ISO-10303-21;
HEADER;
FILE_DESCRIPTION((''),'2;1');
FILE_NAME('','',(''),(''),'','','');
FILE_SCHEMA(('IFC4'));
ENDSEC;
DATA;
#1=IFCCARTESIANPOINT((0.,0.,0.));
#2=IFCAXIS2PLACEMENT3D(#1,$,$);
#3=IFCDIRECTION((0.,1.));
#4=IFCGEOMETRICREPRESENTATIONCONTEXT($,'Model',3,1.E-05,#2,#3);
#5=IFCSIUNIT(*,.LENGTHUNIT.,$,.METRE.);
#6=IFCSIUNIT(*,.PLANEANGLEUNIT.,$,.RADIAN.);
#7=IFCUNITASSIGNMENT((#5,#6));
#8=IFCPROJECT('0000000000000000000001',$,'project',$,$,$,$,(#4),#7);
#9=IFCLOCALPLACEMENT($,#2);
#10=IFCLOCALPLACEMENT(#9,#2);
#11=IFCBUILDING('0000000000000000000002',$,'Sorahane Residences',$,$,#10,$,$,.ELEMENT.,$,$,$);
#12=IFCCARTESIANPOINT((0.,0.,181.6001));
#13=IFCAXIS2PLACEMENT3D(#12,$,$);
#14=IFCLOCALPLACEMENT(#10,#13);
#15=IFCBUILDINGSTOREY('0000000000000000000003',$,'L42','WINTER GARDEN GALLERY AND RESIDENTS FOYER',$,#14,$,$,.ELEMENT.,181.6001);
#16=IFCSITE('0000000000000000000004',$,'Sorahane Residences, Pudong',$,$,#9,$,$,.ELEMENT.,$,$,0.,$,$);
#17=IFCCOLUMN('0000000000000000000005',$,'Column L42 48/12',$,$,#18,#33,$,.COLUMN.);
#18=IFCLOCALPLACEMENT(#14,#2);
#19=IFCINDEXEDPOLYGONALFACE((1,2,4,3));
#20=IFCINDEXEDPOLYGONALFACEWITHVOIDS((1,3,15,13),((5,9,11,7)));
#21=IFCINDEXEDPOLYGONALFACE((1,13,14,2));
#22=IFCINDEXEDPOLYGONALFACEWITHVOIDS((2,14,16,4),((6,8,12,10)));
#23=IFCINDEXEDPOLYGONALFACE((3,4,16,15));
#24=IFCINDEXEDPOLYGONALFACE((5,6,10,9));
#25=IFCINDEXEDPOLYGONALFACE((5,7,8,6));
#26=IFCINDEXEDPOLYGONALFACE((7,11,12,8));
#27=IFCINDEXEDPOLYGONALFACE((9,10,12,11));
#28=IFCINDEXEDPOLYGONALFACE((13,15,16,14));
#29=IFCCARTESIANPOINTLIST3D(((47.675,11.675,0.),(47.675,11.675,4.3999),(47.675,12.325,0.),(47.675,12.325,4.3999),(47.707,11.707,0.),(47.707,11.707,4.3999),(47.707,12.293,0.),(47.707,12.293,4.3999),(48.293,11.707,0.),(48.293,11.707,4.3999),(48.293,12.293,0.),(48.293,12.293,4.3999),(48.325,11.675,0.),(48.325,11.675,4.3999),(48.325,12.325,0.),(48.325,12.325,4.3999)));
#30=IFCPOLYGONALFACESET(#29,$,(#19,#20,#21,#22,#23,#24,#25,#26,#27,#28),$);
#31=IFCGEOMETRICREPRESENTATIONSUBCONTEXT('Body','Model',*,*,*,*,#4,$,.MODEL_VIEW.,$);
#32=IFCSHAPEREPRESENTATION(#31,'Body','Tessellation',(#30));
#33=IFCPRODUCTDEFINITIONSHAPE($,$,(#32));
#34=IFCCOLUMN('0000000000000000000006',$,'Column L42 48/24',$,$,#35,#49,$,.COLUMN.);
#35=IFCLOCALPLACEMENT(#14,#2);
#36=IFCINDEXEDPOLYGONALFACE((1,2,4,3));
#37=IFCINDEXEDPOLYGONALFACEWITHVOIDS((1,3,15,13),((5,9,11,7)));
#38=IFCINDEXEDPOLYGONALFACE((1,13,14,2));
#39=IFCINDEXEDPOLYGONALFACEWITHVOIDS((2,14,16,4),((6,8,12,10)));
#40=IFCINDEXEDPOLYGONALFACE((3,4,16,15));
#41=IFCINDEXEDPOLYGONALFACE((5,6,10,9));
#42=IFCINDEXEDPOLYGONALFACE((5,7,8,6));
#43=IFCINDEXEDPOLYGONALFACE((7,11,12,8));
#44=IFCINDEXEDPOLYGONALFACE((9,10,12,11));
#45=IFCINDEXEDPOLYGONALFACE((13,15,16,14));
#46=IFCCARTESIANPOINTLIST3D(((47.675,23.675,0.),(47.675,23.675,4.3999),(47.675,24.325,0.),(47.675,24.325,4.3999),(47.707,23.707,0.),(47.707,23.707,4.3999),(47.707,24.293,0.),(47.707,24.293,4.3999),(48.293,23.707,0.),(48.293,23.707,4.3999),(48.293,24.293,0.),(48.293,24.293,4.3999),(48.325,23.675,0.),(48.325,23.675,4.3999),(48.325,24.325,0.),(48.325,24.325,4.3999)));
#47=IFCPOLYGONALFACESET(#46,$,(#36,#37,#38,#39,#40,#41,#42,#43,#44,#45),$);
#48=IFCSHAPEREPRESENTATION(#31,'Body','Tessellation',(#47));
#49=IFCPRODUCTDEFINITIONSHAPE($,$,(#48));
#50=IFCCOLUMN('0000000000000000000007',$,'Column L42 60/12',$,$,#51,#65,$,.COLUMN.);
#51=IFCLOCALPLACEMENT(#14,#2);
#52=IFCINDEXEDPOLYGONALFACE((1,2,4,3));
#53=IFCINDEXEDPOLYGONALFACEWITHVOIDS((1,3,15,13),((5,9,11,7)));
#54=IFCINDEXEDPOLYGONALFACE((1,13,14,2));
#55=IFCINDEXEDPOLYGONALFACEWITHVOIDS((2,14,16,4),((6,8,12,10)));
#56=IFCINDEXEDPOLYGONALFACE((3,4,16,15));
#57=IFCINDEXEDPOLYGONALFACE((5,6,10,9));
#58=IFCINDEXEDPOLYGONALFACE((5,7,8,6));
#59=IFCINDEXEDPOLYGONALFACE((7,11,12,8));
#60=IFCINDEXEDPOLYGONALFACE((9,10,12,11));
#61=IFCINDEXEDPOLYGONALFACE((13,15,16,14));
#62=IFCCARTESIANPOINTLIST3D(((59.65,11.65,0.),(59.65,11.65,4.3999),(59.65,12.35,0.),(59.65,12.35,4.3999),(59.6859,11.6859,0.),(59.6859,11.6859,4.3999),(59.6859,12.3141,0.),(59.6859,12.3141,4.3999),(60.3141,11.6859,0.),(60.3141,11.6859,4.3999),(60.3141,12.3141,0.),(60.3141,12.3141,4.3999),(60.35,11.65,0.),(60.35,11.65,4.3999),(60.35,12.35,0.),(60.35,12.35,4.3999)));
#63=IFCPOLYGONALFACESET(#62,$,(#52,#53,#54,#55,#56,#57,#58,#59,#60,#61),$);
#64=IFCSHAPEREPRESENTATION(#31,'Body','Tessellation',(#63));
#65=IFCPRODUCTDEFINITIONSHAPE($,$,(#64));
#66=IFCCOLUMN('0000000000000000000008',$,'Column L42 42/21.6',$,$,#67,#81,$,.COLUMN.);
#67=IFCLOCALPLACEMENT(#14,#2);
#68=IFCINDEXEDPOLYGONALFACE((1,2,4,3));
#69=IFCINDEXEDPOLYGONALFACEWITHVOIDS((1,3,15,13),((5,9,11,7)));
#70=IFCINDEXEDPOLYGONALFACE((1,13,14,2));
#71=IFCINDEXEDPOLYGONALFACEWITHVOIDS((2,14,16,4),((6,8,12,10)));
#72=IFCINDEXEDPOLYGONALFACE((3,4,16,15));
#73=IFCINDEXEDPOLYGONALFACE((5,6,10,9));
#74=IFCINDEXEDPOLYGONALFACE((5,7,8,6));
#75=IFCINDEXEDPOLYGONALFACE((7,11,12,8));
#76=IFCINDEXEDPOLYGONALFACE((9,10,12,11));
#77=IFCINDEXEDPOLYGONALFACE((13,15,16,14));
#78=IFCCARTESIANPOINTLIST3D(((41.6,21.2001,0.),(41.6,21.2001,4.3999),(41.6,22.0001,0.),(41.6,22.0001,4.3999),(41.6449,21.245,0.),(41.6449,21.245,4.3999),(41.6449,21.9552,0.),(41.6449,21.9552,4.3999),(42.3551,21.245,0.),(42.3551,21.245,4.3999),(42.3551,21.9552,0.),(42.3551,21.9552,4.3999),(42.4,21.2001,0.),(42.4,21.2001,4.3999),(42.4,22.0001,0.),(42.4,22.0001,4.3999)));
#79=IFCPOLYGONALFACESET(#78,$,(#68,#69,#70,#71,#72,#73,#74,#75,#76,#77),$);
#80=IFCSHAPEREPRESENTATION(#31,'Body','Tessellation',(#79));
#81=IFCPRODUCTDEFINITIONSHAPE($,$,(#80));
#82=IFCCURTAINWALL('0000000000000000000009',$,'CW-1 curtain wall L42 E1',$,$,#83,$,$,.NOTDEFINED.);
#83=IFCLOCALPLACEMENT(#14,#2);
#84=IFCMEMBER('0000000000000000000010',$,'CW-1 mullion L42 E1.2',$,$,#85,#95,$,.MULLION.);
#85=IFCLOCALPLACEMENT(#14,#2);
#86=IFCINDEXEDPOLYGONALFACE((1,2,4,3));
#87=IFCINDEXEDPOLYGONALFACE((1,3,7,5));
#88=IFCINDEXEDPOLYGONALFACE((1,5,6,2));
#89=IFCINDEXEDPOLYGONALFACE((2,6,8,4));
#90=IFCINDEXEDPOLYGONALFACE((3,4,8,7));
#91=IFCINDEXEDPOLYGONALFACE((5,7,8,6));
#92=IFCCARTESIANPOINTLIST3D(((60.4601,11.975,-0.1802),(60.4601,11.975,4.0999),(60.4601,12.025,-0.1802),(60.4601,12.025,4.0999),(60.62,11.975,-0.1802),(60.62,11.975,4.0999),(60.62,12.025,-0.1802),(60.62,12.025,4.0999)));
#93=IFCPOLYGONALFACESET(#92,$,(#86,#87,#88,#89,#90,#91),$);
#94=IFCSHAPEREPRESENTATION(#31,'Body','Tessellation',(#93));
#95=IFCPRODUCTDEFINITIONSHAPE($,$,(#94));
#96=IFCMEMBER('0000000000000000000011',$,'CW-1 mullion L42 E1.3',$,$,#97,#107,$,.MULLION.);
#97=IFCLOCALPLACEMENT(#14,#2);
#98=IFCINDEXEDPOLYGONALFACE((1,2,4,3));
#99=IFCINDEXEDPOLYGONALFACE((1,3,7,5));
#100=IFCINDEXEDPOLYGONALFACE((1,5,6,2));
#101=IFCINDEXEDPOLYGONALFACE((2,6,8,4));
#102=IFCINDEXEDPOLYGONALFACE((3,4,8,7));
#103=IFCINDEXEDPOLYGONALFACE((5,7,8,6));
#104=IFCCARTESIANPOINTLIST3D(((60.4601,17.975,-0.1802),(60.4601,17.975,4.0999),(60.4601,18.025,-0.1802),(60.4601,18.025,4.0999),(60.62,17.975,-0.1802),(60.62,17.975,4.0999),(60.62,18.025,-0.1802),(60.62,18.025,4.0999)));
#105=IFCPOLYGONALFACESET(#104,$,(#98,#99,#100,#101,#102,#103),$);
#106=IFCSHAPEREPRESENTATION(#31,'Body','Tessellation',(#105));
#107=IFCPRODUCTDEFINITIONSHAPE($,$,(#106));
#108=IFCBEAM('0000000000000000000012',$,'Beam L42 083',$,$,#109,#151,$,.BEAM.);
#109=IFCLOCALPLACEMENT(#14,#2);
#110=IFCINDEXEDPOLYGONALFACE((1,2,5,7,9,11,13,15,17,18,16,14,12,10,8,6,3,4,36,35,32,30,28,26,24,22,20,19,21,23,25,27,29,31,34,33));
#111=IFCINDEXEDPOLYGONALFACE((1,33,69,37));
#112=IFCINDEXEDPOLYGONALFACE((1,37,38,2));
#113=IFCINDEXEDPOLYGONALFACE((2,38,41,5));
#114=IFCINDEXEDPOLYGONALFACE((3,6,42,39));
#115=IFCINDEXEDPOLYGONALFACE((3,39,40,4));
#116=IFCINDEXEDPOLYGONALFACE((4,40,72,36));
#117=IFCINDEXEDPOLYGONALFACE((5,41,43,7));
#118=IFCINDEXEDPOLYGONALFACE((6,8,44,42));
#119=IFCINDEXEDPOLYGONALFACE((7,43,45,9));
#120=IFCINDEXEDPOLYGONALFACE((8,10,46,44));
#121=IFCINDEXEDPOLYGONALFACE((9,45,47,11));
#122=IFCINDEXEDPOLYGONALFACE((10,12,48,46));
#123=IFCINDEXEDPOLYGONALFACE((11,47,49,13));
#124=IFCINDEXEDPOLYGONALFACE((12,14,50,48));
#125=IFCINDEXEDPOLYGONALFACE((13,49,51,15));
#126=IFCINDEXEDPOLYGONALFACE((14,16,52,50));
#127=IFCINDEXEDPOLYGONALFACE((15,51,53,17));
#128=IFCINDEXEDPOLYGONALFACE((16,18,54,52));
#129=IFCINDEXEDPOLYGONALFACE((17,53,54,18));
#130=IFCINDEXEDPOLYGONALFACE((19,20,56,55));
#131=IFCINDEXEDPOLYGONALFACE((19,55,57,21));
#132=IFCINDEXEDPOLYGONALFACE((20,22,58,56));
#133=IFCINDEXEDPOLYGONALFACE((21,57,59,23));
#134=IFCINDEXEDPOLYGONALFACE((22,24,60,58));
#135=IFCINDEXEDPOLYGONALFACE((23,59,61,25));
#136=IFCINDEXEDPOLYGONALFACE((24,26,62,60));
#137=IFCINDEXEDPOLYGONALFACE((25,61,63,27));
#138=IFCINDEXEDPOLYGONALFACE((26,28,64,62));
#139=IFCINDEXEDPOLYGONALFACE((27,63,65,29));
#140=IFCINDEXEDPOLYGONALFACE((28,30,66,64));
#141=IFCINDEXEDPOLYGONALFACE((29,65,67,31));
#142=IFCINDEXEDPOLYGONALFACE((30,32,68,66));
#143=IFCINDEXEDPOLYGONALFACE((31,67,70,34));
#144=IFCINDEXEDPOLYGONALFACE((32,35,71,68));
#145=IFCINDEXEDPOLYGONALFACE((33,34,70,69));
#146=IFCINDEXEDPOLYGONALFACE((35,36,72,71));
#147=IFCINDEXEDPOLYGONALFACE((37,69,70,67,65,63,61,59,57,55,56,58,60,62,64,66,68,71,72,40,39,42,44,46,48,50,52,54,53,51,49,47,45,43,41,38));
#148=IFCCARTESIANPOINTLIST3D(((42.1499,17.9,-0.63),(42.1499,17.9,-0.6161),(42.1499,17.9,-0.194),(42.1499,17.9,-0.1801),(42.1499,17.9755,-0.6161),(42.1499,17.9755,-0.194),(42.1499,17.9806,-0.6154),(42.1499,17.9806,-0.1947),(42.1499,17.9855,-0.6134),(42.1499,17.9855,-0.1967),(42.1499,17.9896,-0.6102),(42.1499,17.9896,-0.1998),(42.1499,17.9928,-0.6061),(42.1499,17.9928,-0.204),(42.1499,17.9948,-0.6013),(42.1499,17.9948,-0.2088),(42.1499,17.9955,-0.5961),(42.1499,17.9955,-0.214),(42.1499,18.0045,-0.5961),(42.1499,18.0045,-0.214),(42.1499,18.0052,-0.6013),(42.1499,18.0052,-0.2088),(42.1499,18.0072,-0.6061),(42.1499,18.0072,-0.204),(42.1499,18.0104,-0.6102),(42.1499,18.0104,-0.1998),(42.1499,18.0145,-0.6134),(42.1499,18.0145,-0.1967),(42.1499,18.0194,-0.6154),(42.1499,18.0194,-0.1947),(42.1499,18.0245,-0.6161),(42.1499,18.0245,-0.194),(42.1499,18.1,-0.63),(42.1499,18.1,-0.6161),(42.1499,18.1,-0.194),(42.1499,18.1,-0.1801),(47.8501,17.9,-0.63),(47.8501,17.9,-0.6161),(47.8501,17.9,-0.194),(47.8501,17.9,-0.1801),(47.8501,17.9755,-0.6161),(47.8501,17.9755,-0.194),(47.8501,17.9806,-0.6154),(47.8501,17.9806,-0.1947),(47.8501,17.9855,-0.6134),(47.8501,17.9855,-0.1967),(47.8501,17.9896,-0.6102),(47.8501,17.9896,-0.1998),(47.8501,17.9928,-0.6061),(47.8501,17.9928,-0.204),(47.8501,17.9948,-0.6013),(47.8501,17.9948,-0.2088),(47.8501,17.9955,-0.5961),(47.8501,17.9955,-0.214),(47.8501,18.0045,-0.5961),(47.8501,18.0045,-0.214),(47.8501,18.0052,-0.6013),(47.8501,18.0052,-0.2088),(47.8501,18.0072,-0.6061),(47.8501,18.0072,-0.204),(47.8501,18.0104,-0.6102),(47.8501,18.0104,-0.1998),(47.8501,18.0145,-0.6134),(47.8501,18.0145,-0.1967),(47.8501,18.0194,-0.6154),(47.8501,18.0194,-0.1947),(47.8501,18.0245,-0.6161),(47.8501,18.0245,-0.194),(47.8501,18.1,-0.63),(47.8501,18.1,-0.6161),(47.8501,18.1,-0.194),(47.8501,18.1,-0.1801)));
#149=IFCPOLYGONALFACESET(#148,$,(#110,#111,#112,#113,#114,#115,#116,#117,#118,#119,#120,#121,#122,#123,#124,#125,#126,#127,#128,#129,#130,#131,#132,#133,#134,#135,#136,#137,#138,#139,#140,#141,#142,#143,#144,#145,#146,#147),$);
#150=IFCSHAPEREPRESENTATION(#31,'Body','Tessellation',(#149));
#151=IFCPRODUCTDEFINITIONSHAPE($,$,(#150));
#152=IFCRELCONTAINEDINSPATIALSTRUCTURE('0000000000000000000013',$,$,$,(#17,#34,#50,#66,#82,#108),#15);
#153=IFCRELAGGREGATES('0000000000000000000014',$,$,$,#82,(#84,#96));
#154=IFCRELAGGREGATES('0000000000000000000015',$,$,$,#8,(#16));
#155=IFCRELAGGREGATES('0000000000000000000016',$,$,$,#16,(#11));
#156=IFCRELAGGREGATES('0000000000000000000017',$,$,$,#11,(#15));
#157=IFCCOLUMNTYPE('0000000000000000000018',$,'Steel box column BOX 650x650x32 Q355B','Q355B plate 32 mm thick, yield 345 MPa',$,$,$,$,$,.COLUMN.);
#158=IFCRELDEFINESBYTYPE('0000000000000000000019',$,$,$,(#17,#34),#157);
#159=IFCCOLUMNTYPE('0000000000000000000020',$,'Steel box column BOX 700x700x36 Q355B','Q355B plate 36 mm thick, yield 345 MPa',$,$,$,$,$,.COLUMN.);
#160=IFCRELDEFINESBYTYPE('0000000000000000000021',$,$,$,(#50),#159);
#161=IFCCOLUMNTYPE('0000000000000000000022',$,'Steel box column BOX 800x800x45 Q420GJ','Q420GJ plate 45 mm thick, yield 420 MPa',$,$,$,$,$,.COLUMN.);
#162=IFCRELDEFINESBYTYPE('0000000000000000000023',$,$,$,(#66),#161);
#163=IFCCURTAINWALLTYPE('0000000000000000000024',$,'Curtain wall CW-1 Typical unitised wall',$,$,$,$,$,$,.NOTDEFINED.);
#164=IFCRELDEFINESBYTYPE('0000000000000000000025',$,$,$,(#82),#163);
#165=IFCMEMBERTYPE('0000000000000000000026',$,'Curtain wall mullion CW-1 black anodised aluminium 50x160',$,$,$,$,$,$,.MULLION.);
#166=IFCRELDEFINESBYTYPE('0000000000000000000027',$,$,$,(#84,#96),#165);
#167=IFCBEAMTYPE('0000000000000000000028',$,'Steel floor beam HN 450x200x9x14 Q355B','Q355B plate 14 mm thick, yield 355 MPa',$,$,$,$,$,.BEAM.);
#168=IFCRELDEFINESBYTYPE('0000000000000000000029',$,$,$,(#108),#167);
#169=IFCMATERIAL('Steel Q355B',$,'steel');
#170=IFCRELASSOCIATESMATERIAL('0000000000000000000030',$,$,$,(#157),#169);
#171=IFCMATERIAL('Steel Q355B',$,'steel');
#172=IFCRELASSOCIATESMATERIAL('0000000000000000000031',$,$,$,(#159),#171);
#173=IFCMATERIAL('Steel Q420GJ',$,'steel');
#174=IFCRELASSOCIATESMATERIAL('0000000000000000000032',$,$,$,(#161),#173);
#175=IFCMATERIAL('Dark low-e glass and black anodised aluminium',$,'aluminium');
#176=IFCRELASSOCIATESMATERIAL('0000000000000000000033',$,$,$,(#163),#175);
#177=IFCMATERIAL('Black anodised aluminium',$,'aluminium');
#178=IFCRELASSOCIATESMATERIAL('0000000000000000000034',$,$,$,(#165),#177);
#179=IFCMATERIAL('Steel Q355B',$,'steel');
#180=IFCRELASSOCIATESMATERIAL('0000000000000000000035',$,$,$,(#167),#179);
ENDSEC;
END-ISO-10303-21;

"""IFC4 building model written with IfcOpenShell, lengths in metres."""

from ifc_helpers import new_model, si_unit, direction, frame, origin, origin_2d, place, context, subcontext, project, spatial, rectangle, hollow_rectangle, i_section, extrude, material, material_profile, profile_set, type_object, element, aggregate, save


model = new_model("IFC4")

# Units and contexts
model_context = context("Model", 3, precision=1e-05, world=origin(), true_north=direction((0.0, 1.0)))
body_context = subcontext(model_context, "Body", "Model", "MODEL_VIEW")
ifc_project = project(units=[si_unit("LENGTHUNIT", "METRE"), si_unit("PLANEANGLEUNIT", "RADIAN")], contexts=[model_context])

# Site, building, storey
site_placement = place(None, origin())
site = spatial("IfcSite", under=ifc_project, at=site_placement, Name="Sorahane Residences, Pudong", CompositionType="ELEMENT", RefElevation=0.0)
building_placement = place(site_placement, origin())
building = spatial("IfcBuilding", under=site, at=building_placement, Name="Sorahane Residences", CompositionType="ELEMENT")
storey_placement = place(building_placement, frame((0.0, 0.0, 181.6001)))
storey = spatial("IfcBuildingStorey", under=building, at=storey_placement, Name="L42", Description="WINTER GARDEN GALLERY AND RESIDENTS FOYER", CompositionType="ELEMENT", Elevation=181.6001)

# Columns
ifc_material_1 = material(Name="Steel Q355B", Category="steel")
ifc_material_profile_1 = material_profile(ifc_material_1, hollow_rectangle(XDim=0.6499, YDim=0.6499, WallThickness=0.032, at=origin_2d()), Name="BOX 650x650x32")
ifc_profile_set_1 = profile_set([ifc_material_profile_1], Name="Steel Q355B")
column_type_1 = type_object("IfcColumnType", Name="Steel box column BOX 650x650x32 Q355B", Description="Q355B plate 32 mm thick, yield 345 MPa", PredefinedType="COLUMN", material=ifc_profile_set_1)
for number, where, z_axis, x_axis, name in (
    (1, (48.0, 12.0, 0.0), (0.0, 0.0, 1.0), (1.0, 0.0, 0.0), "Column L42 48/12"),
    (2, (48.0, 24.0, 0.0), (0.0, 0.0, 1.0), (1.0, 0.0, 0.0), "Column L42 48/24"),
):
    element("IfcColumn", number, at=place(storey_placement, frame(where, z_axis=z_axis, x_axis=x_axis)), inside=storey, type_object=column_type_1, Name=name, PredefinedType="COLUMN", context=body_context, shape_type="SweptSolid", body=[
        extrude(hollow_rectangle(XDim=0.6499, YDim=0.6499, WallThickness=0.032, at=origin_2d()), origin(), (0.0, 0.0, 1.0), 4.3999),
    ])
ifc_material_2 = material(Name="Steel Q355B", Category="steel")
ifc_material_profile_2 = material_profile(ifc_material_2, hollow_rectangle(XDim=0.7, YDim=0.7, WallThickness=0.0359, at=origin_2d()), Name="BOX 700x700x36")
ifc_profile_set_2 = profile_set([ifc_material_profile_2], Name="Steel Q355B")
column_type_2 = type_object("IfcColumnType", Name="Steel box column BOX 700x700x36 Q355B", Description="Q355B plate 36 mm thick, yield 345 MPa", PredefinedType="COLUMN", material=ifc_profile_set_2)
column_1_placement = place(storey_placement, frame((60.0, 12.0, 0.0), z_axis=(0.0, 0.0, 1.0), x_axis=(1.0, 0.0, 0.0)))
element("IfcColumn", 3, at=column_1_placement, inside=storey, type_object=column_type_2, Name="Column L42 60/12", PredefinedType="COLUMN", context=body_context, shape_type="SweptSolid", body=[
    extrude(hollow_rectangle(XDim=0.7, YDim=0.7, WallThickness=0.0359, at=origin_2d()), origin(), (0.0, 0.0, 1.0), 4.3999),
])
ifc_material_3 = material(Name="Steel Q420GJ", Category="steel")
ifc_material_profile_3 = material_profile(ifc_material_3, hollow_rectangle(XDim=0.8, YDim=0.8, WallThickness=0.0449, at=origin_2d()), Name="BOX 800x800x45")
ifc_profile_set_3 = profile_set([ifc_material_profile_3], Name="Steel Q420GJ")
column_type_3 = type_object("IfcColumnType", Name="Steel box column BOX 800x800x45 Q420GJ", Description="Q420GJ plate 45 mm thick, yield 420 MPa", PredefinedType="COLUMN", material=ifc_profile_set_3)
column_2_placement = place(storey_placement, frame((42.0, 21.6001, 0.0), z_axis=(0.0, 0.0, 1.0), x_axis=(1.0, 0.0, 0.0)))
element("IfcColumn", 4, at=column_2_placement, inside=storey, type_object=column_type_3, Name="Column L42 42/21.6", PredefinedType="COLUMN", context=body_context, shape_type="SweptSolid", body=[
    extrude(hollow_rectangle(XDim=0.8, YDim=0.8, WallThickness=0.0449, at=origin_2d()), origin(), (0.0, 0.0, 1.0), 4.3999),
])

# Curtain wall, members
ifc_material_4 = material(Name="Dark low-e glass and black anodised aluminium", Category="aluminium")
curtain_wall_type = type_object("IfcCurtainWallType", Name="Curtain wall CW-1 Typical unitised wall", PredefinedType="NOTDEFINED", material=ifc_material_4)
curtain_wall_placement = place(storey_placement, origin())
curtain_wall = element("IfcCurtainWall", 5, at=curtain_wall_placement, inside=storey, type_object=curtain_wall_type, Name="CW-1 curtain wall L42 E1", PredefinedType="NOTDEFINED")
ifc_material_5 = material(Name="Black anodised aluminium", Category="aluminium")
ifc_material_profile_4 = material_profile(ifc_material_5, rectangle(XDim=0.1599, YDim=0.05, at=origin_2d()), Name="Curtain wall mullion CW-1 black anodised aluminium 50x160")
ifc_profile_set_4 = profile_set([ifc_material_profile_4], Name="Black anodised aluminium")
member_type = type_object("IfcMemberType", Name="Curtain wall mullion CW-1 black anodised aluminium 50x160", PredefinedType="MULLION", material=ifc_profile_set_4)
member_1_placement = place(storey_placement, frame((60.54, 12.0, -0.1802), z_axis=(0.0, 0.0, 1.0), x_axis=(1.0, 0.0, 0.0)))
member_1 = element("IfcMember", 6, at=member_1_placement, type_object=member_type, Name="CW-1 mullion L42 E1.2", PredefinedType="MULLION", context=body_context, shape_type="SweptSolid", body=[
    extrude(rectangle(XDim=0.1599, YDim=0.05, at=origin_2d()), origin(), (0.0, 0.0, 1.0), 4.28),
])
member_2_placement = place(storey_placement, frame((60.54, 18.0, -0.1802), z_axis=(0.0, 0.0, 1.0), x_axis=(1.0, 0.0, 0.0)))
member_2 = element("IfcMember", 7, at=member_2_placement, type_object=member_type, Name="CW-1 mullion L42 E1.3", PredefinedType="MULLION", context=body_context, shape_type="SweptSolid", body=[
    extrude(rectangle(XDim=0.1599, YDim=0.05, at=origin_2d()), origin(), (0.0, 0.0, 1.0), 4.28),
])

# Beam
ifc_material_6 = material(Name="Steel Q355B", Category="steel")
ifc_material_profile_5 = material_profile(ifc_material_6, i_section(OverallWidth=0.2, OverallDepth=0.45, WebThickness=0.009, FlangeThickness=0.0139, FilletRadius=0.02, at=origin_2d()), Name="HN 450x200x9x14")
ifc_profile_set_5 = profile_set([ifc_material_profile_5], Name="Steel Q355B")
beam_type_1 = type_object("IfcBeamType", Name="Steel floor beam HN 450x200x9x14 Q355B", Description="Q355B plate 14 mm thick, yield 355 MPa", PredefinedType="BEAM", material=ifc_profile_set_5)
beam_1_placement = place(storey_placement, frame((42.1499, 18.0, -0.405), z_axis=(1.0, 0.0, 0.0), x_axis=(0.0, 1.0, 0.0)))
element("IfcBeam", 8, at=beam_1_placement, inside=storey, type_object=beam_type_1, Name="Beam L42 083", PredefinedType="BEAM", context=body_context, shape_type="SweptSolid", body=[
    extrude(i_section(OverallWidth=0.2, OverallDepth=0.45, WebThickness=0.009, FlangeThickness=0.0139, FilletRadius=0.02, at=origin_2d()), origin(), (0.0, 0.0, 1.0), 5.7002),
])

aggregate(curtain_wall, [member_1, member_2])

save(model, "model.ifc")
